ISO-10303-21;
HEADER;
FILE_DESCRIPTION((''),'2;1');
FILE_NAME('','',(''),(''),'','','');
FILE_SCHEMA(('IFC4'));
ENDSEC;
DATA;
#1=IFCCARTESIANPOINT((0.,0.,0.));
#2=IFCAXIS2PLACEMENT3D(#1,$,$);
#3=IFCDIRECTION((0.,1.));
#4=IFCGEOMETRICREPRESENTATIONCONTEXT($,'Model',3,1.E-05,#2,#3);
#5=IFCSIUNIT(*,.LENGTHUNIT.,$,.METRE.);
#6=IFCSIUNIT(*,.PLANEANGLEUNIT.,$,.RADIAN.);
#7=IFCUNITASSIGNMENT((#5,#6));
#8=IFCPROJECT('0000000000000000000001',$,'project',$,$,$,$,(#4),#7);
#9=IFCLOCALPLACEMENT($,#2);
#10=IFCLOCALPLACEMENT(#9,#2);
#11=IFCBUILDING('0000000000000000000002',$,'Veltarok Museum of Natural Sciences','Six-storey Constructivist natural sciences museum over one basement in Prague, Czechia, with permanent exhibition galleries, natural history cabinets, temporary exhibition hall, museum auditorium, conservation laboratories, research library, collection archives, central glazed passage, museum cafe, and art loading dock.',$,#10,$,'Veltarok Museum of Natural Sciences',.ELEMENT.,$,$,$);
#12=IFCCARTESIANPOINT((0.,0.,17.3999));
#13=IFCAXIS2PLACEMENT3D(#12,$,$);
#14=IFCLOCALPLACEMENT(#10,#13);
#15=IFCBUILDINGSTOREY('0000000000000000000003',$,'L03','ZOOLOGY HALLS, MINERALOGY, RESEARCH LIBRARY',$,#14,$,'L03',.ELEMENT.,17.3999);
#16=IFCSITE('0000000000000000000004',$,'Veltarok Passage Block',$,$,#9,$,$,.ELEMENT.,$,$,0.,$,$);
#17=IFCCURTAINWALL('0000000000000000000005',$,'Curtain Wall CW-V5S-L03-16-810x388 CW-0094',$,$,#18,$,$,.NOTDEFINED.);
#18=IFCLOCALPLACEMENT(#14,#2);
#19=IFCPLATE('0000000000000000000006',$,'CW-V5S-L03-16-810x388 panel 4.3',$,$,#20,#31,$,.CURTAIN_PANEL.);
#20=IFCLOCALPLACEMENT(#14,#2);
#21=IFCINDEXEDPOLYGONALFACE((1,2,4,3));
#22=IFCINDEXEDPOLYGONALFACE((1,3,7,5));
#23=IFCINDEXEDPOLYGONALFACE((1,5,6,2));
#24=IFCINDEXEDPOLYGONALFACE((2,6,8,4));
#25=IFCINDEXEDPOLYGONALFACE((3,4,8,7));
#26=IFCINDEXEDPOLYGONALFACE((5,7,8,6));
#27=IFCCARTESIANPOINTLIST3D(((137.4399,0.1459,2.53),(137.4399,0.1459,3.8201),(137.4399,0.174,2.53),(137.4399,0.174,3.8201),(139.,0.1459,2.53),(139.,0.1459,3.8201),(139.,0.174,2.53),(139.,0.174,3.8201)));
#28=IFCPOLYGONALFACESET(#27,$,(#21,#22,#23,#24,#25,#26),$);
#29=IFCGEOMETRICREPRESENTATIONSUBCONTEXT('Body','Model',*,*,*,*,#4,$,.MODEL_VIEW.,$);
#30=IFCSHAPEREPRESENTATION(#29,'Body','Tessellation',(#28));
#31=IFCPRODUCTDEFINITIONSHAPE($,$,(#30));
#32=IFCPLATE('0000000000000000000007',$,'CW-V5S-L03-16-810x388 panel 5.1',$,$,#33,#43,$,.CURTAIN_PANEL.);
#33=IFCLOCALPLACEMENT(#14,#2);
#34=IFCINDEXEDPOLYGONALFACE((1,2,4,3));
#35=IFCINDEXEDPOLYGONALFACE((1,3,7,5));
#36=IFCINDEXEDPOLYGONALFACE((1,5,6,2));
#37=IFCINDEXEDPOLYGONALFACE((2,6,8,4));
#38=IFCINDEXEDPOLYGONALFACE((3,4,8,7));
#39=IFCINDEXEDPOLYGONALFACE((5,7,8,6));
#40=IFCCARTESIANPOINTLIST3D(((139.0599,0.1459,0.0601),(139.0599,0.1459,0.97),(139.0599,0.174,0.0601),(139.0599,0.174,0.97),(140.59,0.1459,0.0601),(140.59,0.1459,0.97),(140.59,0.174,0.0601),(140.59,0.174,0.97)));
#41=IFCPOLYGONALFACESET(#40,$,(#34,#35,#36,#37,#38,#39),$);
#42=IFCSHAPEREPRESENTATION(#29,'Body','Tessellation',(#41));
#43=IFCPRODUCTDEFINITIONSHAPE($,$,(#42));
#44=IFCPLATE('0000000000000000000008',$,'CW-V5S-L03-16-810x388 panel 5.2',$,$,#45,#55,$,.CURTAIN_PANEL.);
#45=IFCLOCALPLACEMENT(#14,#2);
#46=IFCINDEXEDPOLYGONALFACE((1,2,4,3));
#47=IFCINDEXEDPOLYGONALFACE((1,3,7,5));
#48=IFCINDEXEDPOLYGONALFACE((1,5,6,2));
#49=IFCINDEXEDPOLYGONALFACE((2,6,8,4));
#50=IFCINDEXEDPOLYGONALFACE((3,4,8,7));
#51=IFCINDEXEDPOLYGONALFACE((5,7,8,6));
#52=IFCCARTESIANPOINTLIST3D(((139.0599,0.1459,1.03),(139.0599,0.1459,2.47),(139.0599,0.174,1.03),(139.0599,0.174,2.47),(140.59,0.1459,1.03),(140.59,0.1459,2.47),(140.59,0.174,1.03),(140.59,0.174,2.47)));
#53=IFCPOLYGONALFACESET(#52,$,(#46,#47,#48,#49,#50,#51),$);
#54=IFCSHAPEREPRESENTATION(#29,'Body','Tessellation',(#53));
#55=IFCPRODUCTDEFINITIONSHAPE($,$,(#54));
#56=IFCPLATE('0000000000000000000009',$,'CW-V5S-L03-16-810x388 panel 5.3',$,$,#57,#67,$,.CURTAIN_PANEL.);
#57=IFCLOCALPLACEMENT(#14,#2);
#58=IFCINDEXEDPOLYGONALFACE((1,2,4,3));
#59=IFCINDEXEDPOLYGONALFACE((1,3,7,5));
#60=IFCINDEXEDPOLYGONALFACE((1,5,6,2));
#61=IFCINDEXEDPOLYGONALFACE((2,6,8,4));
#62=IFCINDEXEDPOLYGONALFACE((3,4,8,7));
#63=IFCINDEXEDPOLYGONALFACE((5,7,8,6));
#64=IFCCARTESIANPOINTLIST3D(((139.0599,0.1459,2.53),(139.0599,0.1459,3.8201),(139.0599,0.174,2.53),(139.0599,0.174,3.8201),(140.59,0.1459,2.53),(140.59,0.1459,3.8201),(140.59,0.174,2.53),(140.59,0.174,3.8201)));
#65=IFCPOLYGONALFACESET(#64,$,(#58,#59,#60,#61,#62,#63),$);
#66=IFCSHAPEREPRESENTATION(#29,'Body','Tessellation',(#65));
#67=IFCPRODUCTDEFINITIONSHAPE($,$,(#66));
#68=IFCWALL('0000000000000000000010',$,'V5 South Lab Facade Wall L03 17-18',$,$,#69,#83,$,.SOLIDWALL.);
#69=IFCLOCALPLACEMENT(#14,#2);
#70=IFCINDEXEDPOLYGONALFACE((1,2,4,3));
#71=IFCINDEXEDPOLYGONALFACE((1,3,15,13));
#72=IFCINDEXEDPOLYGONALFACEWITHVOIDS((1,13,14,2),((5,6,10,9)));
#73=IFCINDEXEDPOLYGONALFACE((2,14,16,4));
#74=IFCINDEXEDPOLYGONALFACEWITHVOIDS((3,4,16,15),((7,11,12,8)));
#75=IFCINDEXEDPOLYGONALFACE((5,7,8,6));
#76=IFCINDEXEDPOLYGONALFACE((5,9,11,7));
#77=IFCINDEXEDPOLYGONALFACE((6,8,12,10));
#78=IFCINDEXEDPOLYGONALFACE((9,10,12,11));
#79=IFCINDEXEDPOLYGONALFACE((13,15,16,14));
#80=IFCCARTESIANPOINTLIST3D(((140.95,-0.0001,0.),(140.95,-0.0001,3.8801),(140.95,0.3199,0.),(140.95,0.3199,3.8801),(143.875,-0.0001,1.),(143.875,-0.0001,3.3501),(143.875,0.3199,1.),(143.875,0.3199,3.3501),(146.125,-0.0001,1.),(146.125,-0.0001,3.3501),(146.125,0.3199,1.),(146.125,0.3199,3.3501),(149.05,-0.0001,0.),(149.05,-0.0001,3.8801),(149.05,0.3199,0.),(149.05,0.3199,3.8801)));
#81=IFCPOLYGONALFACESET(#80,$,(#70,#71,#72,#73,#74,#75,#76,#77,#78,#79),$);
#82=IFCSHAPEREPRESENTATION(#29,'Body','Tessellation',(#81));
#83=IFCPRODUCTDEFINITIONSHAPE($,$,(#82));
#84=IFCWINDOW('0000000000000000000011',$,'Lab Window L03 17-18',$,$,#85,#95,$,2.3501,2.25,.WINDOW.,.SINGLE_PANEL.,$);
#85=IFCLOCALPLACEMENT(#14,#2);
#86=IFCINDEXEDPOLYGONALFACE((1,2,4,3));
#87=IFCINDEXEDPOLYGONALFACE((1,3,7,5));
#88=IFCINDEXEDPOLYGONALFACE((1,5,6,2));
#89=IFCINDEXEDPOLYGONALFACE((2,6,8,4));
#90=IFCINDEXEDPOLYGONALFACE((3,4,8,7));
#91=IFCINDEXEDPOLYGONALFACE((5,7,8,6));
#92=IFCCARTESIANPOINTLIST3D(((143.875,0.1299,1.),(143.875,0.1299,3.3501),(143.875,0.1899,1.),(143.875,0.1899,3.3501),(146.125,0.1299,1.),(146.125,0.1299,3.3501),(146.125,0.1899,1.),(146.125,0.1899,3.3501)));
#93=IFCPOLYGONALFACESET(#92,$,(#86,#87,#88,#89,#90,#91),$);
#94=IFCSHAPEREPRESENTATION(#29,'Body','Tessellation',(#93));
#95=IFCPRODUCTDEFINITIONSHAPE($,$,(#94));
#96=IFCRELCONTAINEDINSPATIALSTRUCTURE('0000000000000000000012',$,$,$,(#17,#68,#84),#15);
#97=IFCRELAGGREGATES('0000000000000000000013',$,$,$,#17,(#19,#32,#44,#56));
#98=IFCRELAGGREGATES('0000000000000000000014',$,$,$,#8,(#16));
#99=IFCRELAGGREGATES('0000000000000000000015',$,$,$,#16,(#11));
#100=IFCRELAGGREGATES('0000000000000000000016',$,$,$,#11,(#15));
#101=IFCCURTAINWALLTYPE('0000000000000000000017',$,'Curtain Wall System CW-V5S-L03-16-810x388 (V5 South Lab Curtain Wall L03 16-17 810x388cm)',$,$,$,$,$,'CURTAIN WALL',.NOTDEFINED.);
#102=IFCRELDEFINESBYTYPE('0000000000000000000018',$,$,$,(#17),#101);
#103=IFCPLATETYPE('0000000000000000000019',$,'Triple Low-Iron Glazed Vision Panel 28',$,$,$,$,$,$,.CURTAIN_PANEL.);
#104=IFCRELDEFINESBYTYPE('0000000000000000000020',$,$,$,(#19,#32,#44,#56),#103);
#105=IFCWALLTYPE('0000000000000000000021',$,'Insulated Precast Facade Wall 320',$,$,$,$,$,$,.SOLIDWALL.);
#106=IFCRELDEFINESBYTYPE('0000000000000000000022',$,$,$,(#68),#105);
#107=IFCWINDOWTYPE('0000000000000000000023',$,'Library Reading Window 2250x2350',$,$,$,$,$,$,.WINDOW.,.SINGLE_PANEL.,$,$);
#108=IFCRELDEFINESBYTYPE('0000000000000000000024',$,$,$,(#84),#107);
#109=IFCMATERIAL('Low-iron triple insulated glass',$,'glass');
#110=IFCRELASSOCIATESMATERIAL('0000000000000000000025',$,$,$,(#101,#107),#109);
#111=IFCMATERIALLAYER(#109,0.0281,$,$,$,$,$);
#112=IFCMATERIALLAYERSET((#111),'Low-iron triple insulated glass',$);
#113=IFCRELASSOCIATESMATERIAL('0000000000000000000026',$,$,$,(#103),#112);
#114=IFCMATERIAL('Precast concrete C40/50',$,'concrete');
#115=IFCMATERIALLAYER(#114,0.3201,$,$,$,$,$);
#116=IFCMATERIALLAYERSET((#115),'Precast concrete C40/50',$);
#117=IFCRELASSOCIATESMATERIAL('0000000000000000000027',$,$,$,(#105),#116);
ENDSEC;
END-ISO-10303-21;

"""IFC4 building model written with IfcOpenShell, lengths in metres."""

from ifc_helpers import new_model, si_unit, direction, frame, frame_2d, origin, origin_2d, place, context, subcontext, project, spatial, rectangle, extrude, material, layer, layer_set, type_object, element, fill, aggregate, save


model = new_model("IFC4")

# Units and contexts
model_context = context("Model", 3, precision=1e-05, world=origin(), true_north=direction((0.0, 1.0)))
body_context = subcontext(model_context, "Body", "Model", "MODEL_VIEW")
ifc_project = project(units=[si_unit("LENGTHUNIT", "METRE"), si_unit("PLANEANGLEUNIT", "RADIAN")], contexts=[model_context])

# Site, building, storey
site_placement = place(None, origin())
site = spatial("IfcSite", under=ifc_project, at=site_placement, Name="Veltarok Passage Block", CompositionType="ELEMENT", RefElevation=0.0)
building_placement = place(site_placement, origin())
building = spatial("IfcBuilding", under=site, at=building_placement, Name="Veltarok Museum of Natural Sciences", Description="Six-storey Constructivist natural sciences museum over one basement in Prague, Czechia, with permanent exhibition galleries, natural history cabinets, temporary exhibition hall, museum auditorium, conservation laboratories, research library, collection archives, central glazed passage, museum cafe, and art loading dock.", LongName="Veltarok Museum of Natural Sciences", CompositionType="ELEMENT")
storey_placement = place(building_placement, frame((0.0, 0.0, 17.3999)))
storey = spatial("IfcBuildingStorey", under=building, at=storey_placement, Name="L03", Description="ZOOLOGY HALLS, MINERALOGY, RESEARCH LIBRARY", LongName="L03", CompositionType="ELEMENT", Elevation=17.3999)

# Curtain wall
ifc_material_1 = material(Name="Low-iron triple insulated glass", Category="glass")
curtain_wall_type = type_object("IfcCurtainWallType", Name="Curtain Wall System CW-V5S-L03-16-810x388 (V5 South Lab Curtain Wall L03 16-17 810x388cm)", ElementType="CURTAIN WALL", PredefinedType="NOTDEFINED", material=ifc_material_1)
curtain_wall_placement = place(storey_placement, origin())
curtain_wall = element("IfcCurtainWall", 1, at=curtain_wall_placement, inside=storey, type_object=curtain_wall_type, Name="Curtain Wall CW-V5S-L03-16-810x388 CW-0094", PredefinedType="NOTDEFINED")

# Plates
ifc_layer_1 = layer(ifc_material_1, 0.0281)
ifc_layer_set_1 = layer_set([ifc_layer_1], Name="Low-iron triple insulated glass")
plate_type = type_object("IfcPlateType", Name="Triple Low-Iron Glazed Vision Panel 28", PredefinedType="CURTAIN_PANEL", material=ifc_layer_set_1)
plate_1_placement = place(storey_placement, frame((138.22, 0.1599, 2.53), z_axis=(0.0, 0.0, 1.0), x_axis=(1.0, 0.0, 0.0)))
plate_1 = element("IfcPlate", 2, at=plate_1_placement, type_object=plate_type, Name="CW-V5S-L03-16-810x388 panel 4.3", PredefinedType="CURTAIN_PANEL", context=body_context, shape_type="SweptSolid", body=[
    extrude(rectangle(XDim=1.5601, YDim=0.0281, at=origin_2d()), origin(), (0.0, 0.0, 1.0), 1.29),
])
plate_2_placement = place(storey_placement, frame((139.825, 0.1599, 0.0601), z_axis=(0.0, 0.0, 1.0), x_axis=(1.0, 0.0, 0.0)))
plate_2 = element("IfcPlate", 3, at=plate_2_placement, type_object=plate_type, Name="CW-V5S-L03-16-810x388 panel 5.1", PredefinedType="CURTAIN_PANEL", context=body_context, shape_type="SweptSolid", body=[
    extrude(rectangle(XDim=1.53, YDim=0.0281, at=origin_2d()), origin(), (0.0, 0.0, 1.0), 0.9099),
])
plate_3_placement = place(storey_placement, frame((139.825, 0.1599, 1.03), z_axis=(0.0, 0.0, 1.0), x_axis=(1.0, 0.0, 0.0)))
plate_3 = element("IfcPlate", 4, at=plate_3_placement, type_object=plate_type, Name="CW-V5S-L03-16-810x388 panel 5.2", PredefinedType="CURTAIN_PANEL", context=body_context, shape_type="SweptSolid", body=[
    extrude(rectangle(XDim=1.53, YDim=0.0281, at=origin_2d()), origin(), (0.0, 0.0, 1.0), 1.4399),
])
plate_4_placement = place(storey_placement, frame((139.825, 0.1599, 2.53), z_axis=(0.0, 0.0, 1.0), x_axis=(1.0, 0.0, 0.0)))
plate_4 = element("IfcPlate", 5, at=plate_4_placement, type_object=plate_type, Name="CW-V5S-L03-16-810x388 panel 5.3", PredefinedType="CURTAIN_PANEL", context=body_context, shape_type="SweptSolid", body=[
    extrude(rectangle(XDim=1.53, YDim=0.0281, at=origin_2d()), origin(), (0.0, 0.0, 1.0), 1.29),
])
aggregate(curtain_wall, [plate_1, plate_2, plate_3, plate_4])

# Wall, opening, window
ifc_material_2 = material(Name="Precast concrete C40/50", Category="concrete")
ifc_layer_2 = layer(ifc_material_2, 0.3201)
ifc_layer_set_2 = layer_set([ifc_layer_2], Name="Precast concrete C40/50")
wall_type = type_object("IfcWallType", Name="Insulated Precast Facade Wall 320", PredefinedType="SOLIDWALL", material=ifc_layer_set_2)
wall_placement = place(storey_placement, frame((140.95, 0.1599, 0.0), z_axis=(0.0, 0.0, 1.0), x_axis=(1.0, 0.0, 0.0)))
wall = element("IfcWall", 6, at=wall_placement, inside=storey, type_object=wall_type, Name="V5 South Lab Facade Wall L03 17-18", PredefinedType="SOLIDWALL", context=body_context, shape_type="SweptSolid", body=[
    extrude(rectangle(XDim=8.1001, YDim=0.3201, at=frame_2d((4.05, 0.0))), origin(), (0.0, 0.0, 1.0), 3.8801),
])
opening_placement = place(wall_placement, frame((2.925, 0.0, 1.0)))
opening = element("IfcOpeningElement", 7, at=opening_placement, cuts=wall, PredefinedType="OPENING", context=body_context, shape_type="SweptSolid", body=[
    extrude(rectangle(XDim=2.25, YDim=2.3501, at=frame_2d((1.125, 1.175))), frame((0.0, 0.1699, 0.0), z_axis=(0.0, -1.0, 0.0), x_axis=(1.0, 0.0, 0.0)), (0.0, 0.0, 1.0), 0.3401),
])
window_type = type_object("IfcWindowType", Name="Library Reading Window 2250x2350", PartitioningType="SINGLE_PANEL", PredefinedType="WINDOW", material=ifc_material_1)
window_placement = place(opening_placement, origin())
window = element("IfcWindow", 8, at=window_placement, inside=storey, type_object=window_type, Name="Lab Window L03 17-18", OverallHeight=2.3501, OverallWidth=2.25, PartitioningType="SINGLE_PANEL", PredefinedType="WINDOW", context=body_context, shape_type="SweptSolid", body=[
    extrude(rectangle(XDim=2.25, YDim=2.3501, at=frame_2d((1.125, 1.175))), frame((0.0, 0.03, 0.0), z_axis=(0.0, -1.0, 0.0), x_axis=(1.0, 0.0, 0.0)), (0.0, 0.0, 1.0), 0.0601),
])
fill(opening, window)

save(model, "model.ifc")
